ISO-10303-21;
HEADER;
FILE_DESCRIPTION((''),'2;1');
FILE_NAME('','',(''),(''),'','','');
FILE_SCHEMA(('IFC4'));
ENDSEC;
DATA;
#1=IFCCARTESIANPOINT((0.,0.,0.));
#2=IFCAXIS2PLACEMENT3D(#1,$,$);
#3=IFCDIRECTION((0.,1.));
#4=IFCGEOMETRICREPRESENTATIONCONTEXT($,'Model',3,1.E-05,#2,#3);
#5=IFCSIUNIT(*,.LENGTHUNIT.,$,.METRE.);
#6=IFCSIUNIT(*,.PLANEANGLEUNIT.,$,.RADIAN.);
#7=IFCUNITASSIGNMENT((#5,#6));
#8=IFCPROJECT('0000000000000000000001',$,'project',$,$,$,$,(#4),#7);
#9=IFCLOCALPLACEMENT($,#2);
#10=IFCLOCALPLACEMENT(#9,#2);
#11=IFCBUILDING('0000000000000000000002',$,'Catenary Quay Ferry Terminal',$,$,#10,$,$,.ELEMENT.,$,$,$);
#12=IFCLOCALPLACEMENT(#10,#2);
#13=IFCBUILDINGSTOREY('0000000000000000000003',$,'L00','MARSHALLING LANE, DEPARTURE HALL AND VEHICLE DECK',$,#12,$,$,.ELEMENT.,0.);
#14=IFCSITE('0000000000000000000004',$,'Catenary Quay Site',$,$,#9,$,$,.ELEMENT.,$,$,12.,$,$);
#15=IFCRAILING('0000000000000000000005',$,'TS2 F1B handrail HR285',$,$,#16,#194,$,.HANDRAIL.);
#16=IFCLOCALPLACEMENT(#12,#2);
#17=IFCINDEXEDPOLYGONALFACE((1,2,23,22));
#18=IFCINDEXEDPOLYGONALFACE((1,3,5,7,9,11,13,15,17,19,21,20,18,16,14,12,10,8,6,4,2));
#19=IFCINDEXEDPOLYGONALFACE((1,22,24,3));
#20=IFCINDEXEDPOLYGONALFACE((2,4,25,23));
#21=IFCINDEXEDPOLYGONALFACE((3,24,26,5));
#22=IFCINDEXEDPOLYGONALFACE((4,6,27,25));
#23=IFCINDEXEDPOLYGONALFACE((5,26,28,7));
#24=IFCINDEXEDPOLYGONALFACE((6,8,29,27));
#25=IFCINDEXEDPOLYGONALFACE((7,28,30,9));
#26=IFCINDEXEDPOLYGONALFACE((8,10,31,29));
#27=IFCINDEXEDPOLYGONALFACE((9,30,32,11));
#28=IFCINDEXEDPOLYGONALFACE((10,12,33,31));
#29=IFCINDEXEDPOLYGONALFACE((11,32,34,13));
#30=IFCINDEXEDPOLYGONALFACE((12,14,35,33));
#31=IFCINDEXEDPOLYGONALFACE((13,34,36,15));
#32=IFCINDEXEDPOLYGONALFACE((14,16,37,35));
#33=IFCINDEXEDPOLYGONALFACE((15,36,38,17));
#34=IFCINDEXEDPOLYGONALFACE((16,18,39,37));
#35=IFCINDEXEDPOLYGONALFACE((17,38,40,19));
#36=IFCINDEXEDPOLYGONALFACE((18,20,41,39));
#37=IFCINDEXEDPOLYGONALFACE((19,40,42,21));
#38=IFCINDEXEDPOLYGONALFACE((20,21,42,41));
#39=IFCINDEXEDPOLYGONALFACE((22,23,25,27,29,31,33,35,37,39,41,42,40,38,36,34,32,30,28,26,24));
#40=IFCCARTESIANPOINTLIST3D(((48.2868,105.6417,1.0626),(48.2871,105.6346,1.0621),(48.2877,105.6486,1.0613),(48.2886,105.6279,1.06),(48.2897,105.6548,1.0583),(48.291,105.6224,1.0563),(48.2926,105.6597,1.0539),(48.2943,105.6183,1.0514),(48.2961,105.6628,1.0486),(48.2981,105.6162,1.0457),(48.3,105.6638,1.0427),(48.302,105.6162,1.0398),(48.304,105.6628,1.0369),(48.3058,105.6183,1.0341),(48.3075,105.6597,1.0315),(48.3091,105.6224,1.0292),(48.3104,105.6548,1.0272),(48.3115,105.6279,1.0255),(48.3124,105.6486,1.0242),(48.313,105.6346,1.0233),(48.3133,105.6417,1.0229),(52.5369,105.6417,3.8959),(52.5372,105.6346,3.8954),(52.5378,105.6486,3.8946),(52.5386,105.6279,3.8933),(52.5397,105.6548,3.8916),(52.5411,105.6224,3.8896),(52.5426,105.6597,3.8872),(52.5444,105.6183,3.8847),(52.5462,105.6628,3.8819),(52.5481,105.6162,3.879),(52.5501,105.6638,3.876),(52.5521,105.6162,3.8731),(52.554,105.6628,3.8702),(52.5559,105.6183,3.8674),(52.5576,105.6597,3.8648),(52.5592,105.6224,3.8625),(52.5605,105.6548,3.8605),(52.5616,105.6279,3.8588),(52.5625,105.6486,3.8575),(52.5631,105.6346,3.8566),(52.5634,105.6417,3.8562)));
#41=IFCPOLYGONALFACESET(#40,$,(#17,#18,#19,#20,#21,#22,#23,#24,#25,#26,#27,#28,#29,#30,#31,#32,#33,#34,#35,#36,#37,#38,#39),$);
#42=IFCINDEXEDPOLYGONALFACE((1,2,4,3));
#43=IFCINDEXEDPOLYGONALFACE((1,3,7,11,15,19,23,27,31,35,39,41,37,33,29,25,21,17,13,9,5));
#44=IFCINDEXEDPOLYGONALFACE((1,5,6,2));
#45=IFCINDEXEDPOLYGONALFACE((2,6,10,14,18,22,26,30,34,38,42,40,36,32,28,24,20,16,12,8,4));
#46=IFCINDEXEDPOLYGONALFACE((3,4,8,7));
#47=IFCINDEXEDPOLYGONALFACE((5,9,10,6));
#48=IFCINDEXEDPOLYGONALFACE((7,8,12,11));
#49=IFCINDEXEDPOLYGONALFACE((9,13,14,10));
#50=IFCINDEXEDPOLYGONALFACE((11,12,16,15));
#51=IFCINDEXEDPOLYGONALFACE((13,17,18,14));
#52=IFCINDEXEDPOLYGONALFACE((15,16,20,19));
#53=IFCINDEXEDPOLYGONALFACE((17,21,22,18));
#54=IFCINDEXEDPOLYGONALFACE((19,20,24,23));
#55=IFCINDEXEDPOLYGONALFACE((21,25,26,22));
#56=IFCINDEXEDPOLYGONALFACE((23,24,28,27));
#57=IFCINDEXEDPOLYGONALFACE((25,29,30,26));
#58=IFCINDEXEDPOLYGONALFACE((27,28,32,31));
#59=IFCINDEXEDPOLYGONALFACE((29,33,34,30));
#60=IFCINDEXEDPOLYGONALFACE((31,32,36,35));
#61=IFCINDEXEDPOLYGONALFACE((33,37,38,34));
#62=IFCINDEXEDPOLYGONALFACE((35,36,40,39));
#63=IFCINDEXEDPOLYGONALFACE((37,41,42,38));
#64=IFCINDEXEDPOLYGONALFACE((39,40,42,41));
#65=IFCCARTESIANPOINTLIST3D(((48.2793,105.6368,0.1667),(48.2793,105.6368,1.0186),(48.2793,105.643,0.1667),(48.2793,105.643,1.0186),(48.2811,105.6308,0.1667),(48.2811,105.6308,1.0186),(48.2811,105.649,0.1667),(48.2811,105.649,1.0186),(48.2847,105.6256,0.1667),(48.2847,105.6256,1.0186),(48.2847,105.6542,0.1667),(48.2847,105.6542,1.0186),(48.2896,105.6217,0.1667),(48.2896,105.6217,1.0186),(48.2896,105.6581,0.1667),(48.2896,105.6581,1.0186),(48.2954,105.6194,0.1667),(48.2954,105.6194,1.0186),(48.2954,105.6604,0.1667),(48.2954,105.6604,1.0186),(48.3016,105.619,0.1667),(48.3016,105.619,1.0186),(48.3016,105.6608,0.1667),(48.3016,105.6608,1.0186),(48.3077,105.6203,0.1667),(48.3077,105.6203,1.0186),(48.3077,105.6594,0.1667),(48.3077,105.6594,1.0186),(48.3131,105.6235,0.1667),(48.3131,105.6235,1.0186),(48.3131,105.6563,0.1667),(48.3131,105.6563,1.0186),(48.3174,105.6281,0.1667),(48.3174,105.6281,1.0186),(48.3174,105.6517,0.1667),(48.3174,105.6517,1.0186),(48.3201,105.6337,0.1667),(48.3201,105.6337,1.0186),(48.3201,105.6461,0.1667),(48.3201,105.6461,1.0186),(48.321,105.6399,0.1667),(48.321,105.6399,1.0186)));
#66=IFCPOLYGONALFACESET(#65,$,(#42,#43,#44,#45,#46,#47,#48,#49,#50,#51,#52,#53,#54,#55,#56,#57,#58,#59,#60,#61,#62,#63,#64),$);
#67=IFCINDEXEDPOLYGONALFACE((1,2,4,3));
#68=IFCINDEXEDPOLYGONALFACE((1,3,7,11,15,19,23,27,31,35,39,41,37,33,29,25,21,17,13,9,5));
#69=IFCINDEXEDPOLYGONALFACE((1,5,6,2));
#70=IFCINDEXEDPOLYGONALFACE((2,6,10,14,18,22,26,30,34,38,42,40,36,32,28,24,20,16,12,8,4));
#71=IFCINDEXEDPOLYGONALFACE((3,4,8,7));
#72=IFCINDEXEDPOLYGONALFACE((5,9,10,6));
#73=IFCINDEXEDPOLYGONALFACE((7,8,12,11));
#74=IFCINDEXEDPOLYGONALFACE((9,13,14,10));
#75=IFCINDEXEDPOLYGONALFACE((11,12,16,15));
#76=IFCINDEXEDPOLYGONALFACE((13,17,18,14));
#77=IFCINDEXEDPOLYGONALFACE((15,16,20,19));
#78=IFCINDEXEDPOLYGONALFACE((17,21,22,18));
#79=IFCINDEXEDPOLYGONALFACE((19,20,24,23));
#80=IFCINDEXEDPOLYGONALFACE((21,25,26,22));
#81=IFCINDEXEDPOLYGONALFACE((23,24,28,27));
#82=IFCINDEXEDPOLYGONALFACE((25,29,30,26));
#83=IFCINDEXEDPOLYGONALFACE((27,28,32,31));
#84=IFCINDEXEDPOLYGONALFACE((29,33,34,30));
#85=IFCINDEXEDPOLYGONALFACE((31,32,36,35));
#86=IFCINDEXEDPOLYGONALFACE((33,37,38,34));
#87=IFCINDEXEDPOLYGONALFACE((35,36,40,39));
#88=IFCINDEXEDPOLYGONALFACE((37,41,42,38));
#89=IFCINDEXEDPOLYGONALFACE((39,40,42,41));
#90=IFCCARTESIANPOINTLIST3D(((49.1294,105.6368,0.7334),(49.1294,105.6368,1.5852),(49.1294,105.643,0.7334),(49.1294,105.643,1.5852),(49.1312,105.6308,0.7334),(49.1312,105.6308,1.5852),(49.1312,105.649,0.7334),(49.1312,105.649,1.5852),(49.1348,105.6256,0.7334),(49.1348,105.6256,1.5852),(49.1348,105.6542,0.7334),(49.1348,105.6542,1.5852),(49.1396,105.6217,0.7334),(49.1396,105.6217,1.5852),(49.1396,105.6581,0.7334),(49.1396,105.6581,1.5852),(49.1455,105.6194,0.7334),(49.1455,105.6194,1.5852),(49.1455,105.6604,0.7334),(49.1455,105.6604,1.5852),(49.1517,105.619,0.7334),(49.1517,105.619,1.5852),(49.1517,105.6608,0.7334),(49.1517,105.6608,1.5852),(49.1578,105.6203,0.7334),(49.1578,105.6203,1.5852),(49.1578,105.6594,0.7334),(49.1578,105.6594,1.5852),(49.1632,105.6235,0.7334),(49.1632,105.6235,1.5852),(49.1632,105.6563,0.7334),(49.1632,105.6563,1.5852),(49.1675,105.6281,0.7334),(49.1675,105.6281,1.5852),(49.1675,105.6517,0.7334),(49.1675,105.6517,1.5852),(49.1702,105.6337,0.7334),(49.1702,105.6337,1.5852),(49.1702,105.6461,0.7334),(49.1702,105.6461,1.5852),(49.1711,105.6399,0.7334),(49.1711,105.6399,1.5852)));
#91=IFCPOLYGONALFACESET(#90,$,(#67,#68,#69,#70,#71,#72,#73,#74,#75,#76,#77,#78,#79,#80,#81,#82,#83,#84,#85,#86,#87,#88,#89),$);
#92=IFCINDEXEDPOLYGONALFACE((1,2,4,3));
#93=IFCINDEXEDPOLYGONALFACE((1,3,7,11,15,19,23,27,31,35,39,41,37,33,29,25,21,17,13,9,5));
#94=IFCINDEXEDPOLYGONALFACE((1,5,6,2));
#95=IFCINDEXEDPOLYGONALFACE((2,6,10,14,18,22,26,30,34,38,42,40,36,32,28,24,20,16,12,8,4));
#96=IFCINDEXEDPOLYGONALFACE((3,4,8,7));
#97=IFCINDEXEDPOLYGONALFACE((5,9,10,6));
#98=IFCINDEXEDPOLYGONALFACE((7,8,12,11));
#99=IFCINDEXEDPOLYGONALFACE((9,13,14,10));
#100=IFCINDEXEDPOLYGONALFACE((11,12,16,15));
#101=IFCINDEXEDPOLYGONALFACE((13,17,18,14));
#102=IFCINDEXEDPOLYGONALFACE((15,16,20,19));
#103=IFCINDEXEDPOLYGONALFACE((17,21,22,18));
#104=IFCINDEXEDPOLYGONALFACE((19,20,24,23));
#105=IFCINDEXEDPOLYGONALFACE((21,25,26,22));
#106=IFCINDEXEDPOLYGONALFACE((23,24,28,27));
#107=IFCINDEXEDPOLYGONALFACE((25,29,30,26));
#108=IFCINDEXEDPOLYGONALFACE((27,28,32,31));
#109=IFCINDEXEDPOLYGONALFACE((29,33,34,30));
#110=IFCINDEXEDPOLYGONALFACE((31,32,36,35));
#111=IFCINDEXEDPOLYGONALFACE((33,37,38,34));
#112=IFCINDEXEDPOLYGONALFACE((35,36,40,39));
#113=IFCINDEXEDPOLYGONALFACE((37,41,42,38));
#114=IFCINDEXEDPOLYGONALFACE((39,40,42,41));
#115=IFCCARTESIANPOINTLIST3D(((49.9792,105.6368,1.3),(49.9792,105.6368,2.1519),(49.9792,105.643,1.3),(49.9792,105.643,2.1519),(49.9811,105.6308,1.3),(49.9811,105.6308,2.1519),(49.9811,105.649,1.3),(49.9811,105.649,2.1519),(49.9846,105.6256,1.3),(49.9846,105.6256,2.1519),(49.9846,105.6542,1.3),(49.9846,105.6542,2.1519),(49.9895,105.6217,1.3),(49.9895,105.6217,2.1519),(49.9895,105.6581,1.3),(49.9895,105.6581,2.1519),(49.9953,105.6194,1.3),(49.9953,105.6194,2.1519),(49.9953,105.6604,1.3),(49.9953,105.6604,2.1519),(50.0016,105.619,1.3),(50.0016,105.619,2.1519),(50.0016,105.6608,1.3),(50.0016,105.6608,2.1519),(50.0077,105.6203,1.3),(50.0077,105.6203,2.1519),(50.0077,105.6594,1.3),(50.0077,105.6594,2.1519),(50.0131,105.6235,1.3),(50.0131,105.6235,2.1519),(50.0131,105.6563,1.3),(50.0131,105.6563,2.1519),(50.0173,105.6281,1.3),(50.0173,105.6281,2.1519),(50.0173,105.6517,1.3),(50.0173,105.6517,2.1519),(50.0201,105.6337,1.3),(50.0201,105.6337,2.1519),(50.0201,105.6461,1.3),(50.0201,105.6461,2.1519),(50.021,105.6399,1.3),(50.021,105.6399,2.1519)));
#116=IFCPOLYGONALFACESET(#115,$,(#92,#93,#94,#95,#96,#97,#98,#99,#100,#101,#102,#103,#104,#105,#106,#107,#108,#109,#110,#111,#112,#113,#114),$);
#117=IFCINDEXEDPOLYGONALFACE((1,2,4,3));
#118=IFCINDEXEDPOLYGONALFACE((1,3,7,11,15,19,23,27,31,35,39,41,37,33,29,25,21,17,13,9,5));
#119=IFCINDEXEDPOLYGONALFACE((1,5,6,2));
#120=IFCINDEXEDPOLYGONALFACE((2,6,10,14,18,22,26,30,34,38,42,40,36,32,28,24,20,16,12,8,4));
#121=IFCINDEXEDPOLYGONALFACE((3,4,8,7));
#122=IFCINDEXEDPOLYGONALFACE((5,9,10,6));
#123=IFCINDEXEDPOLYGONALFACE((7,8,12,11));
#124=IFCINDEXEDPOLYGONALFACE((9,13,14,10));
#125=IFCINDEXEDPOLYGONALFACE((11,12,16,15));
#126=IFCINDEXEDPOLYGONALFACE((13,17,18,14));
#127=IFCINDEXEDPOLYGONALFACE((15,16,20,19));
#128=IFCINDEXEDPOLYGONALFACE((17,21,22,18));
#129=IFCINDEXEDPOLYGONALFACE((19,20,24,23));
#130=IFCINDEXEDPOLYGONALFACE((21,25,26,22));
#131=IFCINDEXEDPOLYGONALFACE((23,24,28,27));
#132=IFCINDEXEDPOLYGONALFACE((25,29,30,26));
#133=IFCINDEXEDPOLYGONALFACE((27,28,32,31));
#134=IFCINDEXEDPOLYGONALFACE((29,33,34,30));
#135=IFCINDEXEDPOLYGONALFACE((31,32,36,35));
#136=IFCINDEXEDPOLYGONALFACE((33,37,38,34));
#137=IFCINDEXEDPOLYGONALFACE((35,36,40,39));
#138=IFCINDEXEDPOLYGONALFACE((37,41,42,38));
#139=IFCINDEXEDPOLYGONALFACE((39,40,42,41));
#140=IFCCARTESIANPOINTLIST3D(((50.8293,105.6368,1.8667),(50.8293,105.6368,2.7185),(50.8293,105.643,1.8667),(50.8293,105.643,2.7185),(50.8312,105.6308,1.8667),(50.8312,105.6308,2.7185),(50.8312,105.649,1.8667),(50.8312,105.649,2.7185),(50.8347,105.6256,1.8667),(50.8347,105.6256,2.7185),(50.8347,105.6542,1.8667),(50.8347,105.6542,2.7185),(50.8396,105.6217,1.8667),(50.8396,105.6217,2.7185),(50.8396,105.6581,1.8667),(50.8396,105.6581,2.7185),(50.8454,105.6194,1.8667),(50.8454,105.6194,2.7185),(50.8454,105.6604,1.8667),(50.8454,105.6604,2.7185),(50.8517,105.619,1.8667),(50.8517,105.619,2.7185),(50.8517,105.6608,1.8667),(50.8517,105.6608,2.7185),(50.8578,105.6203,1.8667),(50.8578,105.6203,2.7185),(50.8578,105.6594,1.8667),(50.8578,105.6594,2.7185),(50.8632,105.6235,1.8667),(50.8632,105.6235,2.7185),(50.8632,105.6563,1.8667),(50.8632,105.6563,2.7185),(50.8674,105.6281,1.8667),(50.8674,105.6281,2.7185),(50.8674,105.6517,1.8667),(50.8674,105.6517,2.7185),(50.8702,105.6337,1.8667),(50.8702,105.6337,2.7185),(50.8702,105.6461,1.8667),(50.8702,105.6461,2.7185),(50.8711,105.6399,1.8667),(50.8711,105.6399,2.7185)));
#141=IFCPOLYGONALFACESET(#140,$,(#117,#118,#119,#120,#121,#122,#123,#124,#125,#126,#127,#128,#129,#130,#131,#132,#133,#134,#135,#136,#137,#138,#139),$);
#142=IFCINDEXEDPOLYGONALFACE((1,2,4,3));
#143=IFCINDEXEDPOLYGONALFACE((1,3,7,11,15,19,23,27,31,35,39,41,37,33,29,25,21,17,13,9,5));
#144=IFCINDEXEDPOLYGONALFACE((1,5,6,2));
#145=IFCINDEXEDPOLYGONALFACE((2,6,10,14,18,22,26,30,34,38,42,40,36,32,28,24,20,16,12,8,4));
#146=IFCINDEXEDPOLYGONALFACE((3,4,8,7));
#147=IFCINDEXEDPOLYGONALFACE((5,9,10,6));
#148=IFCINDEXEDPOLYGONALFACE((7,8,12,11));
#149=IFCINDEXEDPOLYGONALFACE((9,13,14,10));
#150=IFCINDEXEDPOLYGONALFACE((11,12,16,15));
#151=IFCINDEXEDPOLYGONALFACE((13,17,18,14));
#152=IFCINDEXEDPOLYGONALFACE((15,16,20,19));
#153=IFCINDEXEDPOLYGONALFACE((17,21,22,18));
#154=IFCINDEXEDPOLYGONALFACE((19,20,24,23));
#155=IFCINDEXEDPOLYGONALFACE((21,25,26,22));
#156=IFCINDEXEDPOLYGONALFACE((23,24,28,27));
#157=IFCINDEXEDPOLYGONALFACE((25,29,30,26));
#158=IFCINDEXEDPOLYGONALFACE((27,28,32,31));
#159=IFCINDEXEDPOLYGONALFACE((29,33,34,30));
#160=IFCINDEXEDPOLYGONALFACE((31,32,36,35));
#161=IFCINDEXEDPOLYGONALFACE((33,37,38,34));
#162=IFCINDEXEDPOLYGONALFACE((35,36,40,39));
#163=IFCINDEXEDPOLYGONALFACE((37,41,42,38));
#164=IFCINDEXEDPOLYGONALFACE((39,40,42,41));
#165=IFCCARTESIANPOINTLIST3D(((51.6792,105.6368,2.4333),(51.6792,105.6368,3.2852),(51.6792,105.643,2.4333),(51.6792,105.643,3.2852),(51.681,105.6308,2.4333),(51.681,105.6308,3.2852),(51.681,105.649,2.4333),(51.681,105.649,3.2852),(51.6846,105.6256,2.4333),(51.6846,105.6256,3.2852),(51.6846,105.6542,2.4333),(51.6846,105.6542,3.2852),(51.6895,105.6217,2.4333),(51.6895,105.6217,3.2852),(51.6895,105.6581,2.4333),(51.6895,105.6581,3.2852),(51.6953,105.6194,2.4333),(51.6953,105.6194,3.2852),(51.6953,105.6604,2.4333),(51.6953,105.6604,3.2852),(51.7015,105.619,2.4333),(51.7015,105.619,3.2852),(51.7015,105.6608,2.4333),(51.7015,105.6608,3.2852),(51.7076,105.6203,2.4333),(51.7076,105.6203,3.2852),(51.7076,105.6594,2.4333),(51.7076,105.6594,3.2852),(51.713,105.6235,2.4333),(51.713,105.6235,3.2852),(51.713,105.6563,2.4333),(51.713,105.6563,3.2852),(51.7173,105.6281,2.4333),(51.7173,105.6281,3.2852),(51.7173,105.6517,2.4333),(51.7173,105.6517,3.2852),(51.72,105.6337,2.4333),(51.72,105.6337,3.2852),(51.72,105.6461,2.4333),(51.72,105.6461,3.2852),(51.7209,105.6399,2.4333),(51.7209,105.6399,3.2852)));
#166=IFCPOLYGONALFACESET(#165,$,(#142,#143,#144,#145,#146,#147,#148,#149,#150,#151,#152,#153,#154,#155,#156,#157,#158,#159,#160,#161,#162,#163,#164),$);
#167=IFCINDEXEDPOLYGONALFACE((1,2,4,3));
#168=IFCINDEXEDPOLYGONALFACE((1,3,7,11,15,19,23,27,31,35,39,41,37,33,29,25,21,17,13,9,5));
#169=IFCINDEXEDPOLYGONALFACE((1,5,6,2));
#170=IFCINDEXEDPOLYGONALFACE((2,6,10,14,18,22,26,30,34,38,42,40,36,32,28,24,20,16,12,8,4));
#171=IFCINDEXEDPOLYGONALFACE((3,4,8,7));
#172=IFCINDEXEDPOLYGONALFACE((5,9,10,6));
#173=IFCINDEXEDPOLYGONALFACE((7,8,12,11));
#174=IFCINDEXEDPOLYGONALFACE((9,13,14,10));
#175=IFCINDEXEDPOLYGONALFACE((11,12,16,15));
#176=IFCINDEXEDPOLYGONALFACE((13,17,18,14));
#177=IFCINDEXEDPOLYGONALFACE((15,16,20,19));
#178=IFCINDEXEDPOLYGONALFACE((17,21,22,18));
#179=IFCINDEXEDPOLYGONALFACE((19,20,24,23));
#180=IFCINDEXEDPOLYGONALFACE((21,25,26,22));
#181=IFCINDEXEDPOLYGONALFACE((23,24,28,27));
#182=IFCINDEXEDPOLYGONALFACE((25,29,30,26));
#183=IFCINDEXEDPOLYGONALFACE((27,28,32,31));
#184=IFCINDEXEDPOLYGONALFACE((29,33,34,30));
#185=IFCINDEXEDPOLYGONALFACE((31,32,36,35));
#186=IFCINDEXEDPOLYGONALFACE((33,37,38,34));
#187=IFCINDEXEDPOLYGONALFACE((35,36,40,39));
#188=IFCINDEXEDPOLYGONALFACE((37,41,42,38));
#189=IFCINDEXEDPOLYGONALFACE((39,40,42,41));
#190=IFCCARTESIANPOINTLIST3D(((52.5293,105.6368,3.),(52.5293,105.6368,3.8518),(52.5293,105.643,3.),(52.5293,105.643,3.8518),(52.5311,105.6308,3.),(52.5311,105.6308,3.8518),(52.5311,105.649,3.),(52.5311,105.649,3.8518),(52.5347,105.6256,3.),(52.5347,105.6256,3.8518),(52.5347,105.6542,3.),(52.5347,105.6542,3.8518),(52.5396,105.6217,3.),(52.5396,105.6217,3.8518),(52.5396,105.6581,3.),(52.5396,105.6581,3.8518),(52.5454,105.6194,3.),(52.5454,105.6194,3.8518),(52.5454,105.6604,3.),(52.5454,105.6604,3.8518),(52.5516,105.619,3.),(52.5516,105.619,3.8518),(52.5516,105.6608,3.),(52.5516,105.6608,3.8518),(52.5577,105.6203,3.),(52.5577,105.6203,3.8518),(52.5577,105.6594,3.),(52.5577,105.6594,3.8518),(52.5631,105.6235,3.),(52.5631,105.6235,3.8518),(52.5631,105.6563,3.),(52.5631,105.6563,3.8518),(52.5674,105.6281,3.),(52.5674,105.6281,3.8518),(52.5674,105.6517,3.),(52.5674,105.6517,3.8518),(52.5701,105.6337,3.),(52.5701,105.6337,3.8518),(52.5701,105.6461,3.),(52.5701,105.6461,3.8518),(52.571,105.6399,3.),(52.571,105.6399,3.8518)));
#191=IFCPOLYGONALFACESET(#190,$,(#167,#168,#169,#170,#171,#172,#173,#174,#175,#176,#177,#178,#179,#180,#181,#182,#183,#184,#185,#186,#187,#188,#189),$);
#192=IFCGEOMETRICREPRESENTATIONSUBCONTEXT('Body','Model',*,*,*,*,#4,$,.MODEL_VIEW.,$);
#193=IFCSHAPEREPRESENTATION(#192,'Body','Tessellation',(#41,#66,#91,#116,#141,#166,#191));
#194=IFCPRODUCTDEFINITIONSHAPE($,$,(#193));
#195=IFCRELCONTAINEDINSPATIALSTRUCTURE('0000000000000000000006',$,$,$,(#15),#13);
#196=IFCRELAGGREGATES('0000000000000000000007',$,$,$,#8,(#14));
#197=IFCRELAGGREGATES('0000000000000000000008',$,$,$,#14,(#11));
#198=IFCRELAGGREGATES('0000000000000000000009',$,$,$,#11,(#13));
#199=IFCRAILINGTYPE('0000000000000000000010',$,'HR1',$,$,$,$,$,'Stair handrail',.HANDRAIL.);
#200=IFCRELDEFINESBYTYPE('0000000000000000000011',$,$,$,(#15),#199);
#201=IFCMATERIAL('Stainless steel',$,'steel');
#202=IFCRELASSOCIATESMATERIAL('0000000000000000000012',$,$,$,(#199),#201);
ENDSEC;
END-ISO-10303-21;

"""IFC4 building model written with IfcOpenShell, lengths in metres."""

from ifc_helpers import new_model, si_unit, direction, frame, origin, origin_2d, place, context, subcontext, project, spatial, circle, extrude, material, type_object, element, save


model = new_model("IFC4")

# Units and contexts
model_context = context("Model", 3, precision=1e-05, world=origin(), true_north=direction((0.0, 1.0)))
body_context = subcontext(model_context, "Body", "Model", "MODEL_VIEW")
ifc_project = project(units=[si_unit("LENGTHUNIT", "METRE"), si_unit("PLANEANGLEUNIT", "RADIAN")], contexts=[model_context])

# Site, building, storey
site_placement = place(None, origin())
site = spatial("IfcSite", under=ifc_project, at=site_placement, Name="Catenary Quay Site", CompositionType="ELEMENT", RefElevation=12.0)
building_placement = place(site_placement, origin())
building = spatial("IfcBuilding", under=site, at=building_placement, Name="Catenary Quay Ferry Terminal", CompositionType="ELEMENT")
storey_placement = place(building_placement, origin())
storey = spatial("IfcBuildingStorey", under=building, at=storey_placement, Name="L00", Description="MARSHALLING LANE, DEPARTURE HALL AND VEHICLE DECK", CompositionType="ELEMENT", Elevation=0.0)

# Railing
ifc_material_1 = material(Name="Stainless steel", Category="steel")
railing_type = type_object("IfcRailingType", Name="HR1", ElementType="Stair handrail", PredefinedType="HANDRAIL", material=ifc_material_1)
for number, where, name in (
    (1, (48.3, 105.6399, 0.1667), "TS2 F1B handrail HR285"),
):
    element("IfcRailing", number, at=place(storey_placement, frame(where)), inside=storey, type_object=railing_type, Name=name, PredefinedType="HANDRAIL", context=body_context, shape_type="SweptSolid", body=[
        extrude(circle(Radius=0.0239, at=origin_2d()), frame((0.0, 0.0, 0.876), z_axis=(0.832058, 0.0, 0.554689), x_axis=(0.0, 1.0, 0.0)), (0.0, 0.0, 1.0), 5.1079),
        extrude(circle(Radius=0.021, at=origin_2d()), origin(), (0.0, 0.0, 1.0), 0.8518),
        extrude(circle(Radius=0.021, at=origin_2d()), frame((0.8501, 0.0, 0.5667)), (0.0, 0.0, 1.0), 0.8518),
        extrude(circle(Radius=0.021, at=origin_2d()), frame((1.7, 0.0, 1.1333)), (0.0, 0.0, 1.0), 0.8518),
        extrude(circle(Radius=0.021, at=origin_2d()), frame((2.55, 0.0, 1.7)), (0.0, 0.0, 1.0), 0.8518),
        extrude(circle(Radius=0.021, at=origin_2d()), frame((3.3999, 0.0, 2.2666)), (0.0, 0.0, 1.0), 0.8518),
        extrude(circle(Radius=0.021, at=origin_2d()), frame((4.25, 0.0, 2.8333)), (0.0, 0.0, 1.0), 0.8518),
    ])

save(model, "model.ifc")
